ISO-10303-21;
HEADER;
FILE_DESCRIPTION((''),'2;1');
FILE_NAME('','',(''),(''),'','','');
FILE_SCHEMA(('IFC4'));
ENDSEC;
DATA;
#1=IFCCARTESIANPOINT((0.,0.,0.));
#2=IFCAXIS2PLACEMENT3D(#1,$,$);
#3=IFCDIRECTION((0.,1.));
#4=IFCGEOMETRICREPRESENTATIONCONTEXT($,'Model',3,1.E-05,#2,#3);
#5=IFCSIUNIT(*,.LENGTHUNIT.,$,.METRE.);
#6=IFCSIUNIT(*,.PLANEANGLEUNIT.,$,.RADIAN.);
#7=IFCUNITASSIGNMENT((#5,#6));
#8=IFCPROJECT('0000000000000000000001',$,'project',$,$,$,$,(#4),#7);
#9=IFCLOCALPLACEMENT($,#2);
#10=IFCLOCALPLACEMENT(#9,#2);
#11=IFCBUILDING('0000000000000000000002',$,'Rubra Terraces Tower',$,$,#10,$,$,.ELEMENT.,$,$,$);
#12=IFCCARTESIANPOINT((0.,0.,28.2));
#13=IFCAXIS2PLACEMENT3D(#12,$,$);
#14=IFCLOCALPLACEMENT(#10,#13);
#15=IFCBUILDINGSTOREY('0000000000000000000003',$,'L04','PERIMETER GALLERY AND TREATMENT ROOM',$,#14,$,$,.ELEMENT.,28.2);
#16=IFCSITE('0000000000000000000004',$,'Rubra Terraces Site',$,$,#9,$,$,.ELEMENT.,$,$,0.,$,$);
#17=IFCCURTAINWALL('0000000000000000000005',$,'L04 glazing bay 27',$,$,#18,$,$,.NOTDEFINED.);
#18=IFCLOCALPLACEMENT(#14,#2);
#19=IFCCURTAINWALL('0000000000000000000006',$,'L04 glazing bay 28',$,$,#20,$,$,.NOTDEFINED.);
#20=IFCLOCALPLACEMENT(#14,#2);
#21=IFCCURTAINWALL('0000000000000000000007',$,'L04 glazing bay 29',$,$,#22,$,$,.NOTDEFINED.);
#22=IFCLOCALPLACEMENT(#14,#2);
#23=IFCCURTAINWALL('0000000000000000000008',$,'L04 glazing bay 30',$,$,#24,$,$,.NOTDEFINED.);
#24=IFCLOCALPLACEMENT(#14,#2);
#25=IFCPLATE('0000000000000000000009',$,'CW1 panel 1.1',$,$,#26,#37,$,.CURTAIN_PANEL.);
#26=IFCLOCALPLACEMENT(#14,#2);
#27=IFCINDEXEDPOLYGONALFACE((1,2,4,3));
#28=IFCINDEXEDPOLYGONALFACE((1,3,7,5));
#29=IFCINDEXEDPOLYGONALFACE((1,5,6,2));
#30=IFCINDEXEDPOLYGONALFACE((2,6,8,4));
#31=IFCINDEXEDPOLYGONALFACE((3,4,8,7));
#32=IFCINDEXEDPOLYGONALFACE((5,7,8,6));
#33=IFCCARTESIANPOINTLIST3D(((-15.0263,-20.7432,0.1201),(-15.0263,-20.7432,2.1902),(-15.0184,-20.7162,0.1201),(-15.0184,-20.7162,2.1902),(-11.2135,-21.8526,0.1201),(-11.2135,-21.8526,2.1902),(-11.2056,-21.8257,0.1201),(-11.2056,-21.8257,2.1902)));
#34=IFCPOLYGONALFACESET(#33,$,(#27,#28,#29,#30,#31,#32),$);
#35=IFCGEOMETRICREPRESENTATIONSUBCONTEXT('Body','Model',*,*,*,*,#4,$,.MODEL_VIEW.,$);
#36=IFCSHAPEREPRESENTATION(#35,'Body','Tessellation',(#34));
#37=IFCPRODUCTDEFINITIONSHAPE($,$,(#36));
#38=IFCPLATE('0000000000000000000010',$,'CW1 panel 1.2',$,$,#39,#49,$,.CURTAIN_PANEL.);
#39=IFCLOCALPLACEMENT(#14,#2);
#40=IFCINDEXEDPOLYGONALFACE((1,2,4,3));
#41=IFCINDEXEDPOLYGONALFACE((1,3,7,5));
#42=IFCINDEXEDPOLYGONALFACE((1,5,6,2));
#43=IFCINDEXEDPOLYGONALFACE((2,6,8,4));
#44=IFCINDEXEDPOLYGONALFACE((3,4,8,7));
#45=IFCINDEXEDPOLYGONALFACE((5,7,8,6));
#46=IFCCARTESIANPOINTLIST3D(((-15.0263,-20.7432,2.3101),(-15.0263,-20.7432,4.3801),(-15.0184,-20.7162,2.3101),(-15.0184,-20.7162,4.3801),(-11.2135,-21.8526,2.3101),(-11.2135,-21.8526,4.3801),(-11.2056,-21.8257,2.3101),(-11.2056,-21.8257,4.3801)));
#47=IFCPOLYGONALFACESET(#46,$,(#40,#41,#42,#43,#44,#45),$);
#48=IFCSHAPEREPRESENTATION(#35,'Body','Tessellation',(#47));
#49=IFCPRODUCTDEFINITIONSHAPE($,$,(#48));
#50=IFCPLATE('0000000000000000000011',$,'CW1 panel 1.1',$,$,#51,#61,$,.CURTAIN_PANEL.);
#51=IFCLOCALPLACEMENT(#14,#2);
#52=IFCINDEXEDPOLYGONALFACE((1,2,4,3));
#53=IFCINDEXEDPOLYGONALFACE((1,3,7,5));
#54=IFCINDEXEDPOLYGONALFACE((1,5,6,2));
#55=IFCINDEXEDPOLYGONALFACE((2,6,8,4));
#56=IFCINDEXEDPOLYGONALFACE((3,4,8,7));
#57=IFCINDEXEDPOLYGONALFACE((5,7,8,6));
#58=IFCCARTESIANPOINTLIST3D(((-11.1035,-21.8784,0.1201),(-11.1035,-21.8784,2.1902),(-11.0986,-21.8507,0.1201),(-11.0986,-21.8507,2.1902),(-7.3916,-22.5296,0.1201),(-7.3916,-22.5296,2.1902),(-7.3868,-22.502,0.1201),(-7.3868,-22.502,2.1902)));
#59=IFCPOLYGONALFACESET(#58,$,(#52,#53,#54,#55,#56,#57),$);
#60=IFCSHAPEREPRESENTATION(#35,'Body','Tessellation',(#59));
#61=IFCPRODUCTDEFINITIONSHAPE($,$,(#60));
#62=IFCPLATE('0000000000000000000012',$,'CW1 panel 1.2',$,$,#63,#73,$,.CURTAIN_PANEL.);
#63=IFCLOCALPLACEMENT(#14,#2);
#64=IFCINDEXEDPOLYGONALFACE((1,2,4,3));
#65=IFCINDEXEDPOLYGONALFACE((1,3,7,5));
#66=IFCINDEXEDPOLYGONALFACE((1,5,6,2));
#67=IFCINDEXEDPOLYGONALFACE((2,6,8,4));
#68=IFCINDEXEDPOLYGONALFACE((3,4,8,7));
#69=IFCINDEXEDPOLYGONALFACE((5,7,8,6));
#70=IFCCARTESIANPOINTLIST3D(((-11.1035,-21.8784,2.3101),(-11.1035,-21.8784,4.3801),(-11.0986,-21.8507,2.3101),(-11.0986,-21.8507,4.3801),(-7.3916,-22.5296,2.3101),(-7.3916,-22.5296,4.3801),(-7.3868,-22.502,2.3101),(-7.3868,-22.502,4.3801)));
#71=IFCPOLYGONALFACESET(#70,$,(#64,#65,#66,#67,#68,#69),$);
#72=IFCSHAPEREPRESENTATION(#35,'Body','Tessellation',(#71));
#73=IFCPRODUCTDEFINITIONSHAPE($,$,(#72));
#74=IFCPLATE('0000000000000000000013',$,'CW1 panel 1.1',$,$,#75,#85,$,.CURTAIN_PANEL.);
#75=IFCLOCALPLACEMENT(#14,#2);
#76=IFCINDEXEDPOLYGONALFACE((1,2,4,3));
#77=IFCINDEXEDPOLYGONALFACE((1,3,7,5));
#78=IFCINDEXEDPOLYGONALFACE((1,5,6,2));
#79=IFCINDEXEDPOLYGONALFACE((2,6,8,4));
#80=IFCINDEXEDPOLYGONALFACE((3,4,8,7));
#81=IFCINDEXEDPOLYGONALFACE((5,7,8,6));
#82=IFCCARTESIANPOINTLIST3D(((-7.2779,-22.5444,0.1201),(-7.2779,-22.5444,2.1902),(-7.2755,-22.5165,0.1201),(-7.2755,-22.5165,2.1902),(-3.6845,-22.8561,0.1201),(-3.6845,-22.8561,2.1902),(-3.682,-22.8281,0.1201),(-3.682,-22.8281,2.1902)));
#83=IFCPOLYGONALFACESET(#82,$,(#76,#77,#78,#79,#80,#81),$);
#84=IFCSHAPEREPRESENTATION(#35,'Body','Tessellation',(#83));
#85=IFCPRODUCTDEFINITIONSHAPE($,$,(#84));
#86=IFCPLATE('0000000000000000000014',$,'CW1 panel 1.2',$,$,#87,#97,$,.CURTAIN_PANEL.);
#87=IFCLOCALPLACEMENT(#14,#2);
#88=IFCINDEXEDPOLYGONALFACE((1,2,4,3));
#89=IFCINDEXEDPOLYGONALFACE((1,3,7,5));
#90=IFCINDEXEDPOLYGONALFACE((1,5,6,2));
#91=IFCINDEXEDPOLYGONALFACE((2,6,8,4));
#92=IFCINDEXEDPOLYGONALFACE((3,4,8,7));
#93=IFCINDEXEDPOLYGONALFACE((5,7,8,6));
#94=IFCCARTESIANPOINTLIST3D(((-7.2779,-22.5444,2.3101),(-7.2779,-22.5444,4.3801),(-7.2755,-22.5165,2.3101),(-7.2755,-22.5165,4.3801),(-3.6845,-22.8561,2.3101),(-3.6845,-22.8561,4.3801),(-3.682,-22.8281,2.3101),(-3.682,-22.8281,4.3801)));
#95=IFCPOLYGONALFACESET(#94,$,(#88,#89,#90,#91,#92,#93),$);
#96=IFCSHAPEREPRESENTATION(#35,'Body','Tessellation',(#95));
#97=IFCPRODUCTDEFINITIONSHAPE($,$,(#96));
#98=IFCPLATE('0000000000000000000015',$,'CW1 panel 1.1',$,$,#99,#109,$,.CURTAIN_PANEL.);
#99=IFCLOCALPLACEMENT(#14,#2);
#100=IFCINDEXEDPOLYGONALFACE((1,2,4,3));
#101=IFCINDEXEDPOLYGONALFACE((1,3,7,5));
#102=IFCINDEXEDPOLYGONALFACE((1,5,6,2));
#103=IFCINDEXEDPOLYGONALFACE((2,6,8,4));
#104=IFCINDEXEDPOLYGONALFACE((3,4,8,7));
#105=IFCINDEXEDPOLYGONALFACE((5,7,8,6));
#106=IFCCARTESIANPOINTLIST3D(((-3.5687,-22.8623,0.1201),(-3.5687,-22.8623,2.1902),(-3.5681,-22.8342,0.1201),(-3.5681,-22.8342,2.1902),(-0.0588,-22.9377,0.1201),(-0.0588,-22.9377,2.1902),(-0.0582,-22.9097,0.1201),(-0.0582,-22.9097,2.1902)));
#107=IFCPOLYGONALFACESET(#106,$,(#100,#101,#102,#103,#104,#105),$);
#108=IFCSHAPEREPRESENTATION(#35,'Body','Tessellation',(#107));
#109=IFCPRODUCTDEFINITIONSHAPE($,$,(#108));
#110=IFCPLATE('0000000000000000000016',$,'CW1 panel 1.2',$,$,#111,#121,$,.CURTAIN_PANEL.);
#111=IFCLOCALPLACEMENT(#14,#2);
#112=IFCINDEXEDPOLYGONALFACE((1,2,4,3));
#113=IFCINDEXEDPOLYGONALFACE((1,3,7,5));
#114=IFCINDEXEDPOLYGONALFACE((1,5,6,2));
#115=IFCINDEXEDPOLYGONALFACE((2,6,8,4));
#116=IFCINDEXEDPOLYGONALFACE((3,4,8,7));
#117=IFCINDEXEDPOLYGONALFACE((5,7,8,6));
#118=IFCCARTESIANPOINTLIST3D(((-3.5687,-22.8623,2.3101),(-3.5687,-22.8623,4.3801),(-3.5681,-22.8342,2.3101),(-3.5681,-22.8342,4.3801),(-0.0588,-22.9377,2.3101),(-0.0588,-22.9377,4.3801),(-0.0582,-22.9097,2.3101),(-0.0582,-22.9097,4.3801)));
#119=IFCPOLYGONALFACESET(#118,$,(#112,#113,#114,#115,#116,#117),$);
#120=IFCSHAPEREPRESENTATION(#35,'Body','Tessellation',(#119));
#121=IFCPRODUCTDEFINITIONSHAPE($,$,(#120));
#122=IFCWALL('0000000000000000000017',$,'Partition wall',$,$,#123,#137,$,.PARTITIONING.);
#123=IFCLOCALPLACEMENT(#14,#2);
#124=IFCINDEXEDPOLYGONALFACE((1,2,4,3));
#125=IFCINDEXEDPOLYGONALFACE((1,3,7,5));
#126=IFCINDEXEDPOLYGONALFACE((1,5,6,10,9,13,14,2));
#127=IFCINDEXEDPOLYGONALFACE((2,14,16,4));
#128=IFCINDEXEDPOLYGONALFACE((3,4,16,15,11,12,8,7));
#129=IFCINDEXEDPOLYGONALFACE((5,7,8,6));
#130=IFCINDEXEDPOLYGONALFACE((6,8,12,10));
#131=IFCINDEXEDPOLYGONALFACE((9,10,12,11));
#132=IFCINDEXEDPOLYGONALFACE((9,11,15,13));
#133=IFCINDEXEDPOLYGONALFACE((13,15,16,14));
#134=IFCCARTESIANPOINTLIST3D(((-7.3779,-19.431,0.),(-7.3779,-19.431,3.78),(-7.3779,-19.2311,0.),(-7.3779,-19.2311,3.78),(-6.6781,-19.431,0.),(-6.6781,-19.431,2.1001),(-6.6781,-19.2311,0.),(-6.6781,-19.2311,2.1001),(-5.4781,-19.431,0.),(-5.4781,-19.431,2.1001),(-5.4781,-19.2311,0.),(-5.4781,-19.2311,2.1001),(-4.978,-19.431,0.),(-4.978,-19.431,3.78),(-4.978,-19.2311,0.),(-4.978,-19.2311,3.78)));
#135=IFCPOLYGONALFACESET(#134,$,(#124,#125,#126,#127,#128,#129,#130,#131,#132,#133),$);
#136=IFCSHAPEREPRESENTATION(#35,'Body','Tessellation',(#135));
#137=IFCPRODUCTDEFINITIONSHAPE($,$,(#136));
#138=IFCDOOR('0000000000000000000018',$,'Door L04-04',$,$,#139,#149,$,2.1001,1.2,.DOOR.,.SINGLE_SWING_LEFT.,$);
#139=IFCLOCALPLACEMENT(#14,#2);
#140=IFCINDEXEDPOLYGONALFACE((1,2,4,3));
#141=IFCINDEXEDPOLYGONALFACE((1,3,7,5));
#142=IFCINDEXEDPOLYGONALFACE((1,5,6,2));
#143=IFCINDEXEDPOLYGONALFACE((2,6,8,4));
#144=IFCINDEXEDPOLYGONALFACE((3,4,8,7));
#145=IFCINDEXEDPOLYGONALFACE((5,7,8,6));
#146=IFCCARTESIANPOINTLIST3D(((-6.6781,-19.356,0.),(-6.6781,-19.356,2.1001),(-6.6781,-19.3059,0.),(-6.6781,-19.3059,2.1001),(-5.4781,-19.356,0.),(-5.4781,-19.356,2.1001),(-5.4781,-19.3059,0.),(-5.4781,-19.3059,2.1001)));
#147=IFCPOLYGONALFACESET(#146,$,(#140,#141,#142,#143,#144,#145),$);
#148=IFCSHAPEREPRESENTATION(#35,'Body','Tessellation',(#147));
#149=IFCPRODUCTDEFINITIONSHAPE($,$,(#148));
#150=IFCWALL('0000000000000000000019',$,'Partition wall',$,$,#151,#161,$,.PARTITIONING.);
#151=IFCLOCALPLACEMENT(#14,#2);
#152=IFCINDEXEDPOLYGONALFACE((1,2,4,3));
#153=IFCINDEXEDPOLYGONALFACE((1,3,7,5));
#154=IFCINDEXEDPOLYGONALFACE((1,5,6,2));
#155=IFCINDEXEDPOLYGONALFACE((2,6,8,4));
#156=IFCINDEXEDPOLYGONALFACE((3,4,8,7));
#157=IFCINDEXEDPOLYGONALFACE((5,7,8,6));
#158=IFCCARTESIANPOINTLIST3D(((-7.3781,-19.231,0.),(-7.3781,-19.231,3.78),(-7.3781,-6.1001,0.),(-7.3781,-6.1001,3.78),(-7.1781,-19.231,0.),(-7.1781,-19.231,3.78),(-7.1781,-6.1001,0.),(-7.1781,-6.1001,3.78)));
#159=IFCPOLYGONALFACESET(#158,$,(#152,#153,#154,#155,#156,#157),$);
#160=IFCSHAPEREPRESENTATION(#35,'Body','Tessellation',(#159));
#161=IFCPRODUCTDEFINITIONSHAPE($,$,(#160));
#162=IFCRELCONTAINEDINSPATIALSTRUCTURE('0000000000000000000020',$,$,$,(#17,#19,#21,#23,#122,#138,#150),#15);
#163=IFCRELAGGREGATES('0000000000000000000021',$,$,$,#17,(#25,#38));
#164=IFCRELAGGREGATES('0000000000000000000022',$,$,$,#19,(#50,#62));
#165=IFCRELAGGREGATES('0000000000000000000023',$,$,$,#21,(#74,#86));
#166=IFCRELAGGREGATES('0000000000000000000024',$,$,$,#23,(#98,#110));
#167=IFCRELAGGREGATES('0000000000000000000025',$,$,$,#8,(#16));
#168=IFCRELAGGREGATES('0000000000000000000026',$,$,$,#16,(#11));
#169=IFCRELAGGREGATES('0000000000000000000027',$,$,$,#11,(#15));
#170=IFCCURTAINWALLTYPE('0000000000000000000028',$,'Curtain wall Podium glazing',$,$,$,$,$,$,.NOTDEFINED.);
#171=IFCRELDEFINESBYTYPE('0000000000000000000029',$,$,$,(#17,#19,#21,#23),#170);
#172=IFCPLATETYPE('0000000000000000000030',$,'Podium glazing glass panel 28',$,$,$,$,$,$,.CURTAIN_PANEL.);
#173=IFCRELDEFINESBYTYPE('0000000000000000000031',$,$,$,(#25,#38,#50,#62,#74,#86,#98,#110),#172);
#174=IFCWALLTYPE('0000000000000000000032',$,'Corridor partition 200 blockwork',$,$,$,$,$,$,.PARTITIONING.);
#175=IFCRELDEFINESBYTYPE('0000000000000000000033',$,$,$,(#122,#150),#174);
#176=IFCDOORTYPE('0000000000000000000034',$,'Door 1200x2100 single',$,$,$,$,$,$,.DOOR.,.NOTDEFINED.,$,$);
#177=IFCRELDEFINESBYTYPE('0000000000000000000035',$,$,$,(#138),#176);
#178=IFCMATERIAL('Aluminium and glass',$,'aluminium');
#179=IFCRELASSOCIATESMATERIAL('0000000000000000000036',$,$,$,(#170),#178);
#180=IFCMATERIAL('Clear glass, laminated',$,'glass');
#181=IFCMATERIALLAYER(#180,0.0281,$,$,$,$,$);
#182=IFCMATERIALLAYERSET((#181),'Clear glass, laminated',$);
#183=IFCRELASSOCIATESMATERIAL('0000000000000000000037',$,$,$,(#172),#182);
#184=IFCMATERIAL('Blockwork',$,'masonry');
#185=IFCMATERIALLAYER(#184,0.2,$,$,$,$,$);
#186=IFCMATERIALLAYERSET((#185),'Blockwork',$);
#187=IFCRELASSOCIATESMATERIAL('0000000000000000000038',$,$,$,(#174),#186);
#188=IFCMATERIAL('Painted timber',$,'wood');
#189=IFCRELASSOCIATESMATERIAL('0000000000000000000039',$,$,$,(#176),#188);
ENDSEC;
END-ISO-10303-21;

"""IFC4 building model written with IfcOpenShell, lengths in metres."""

from ifc_helpers import new_model, si_unit, direction, frame, frame_2d, origin, origin_2d, place, context, subcontext, project, spatial, rectangle, extrude, material, layer, layer_set, type_object, element, fill, aggregate, save


model = new_model("IFC4")

# Units and contexts
model_context = context("Model", 3, precision=1e-05, world=origin(), true_north=direction((0.0, 1.0)))
body_context = subcontext(model_context, "Body", "Model", "MODEL_VIEW")
ifc_project = project(units=[si_unit("LENGTHUNIT", "METRE"), si_unit("PLANEANGLEUNIT", "RADIAN")], contexts=[model_context])

# Site, building, storey
site_placement = place(None, origin())
site = spatial("IfcSite", under=ifc_project, at=site_placement, Name="Rubra Terraces Site", CompositionType="ELEMENT", RefElevation=0.0)
building_placement = place(site_placement, origin())
building = spatial("IfcBuilding", under=site, at=building_placement, Name="Rubra Terraces Tower", CompositionType="ELEMENT")
storey_placement = place(building_placement, frame((0.0, 0.0, 28.2)))
storey = spatial("IfcBuildingStorey", under=building, at=storey_placement, Name="L04", Description="PERIMETER GALLERY AND TREATMENT ROOM", CompositionType="ELEMENT", Elevation=28.2)

# Curtain walls
ifc_material_1 = material(Name="Aluminium and glass", Category="aluminium")
curtain_wall_type = type_object("IfcCurtainWallType", Name="Curtain wall Podium glazing", PredefinedType="NOTDEFINED", material=ifc_material_1)
curtain_wall_1_placement = place(storey_placement, origin())
curtain_wall_1 = element("IfcCurtainWall", 1, at=curtain_wall_1_placement, inside=storey, type_object=curtain_wall_type, Name="L04 glazing bay 27", PredefinedType="NOTDEFINED")
curtain_wall_2_placement = place(storey_placement, origin())
curtain_wall_2 = element("IfcCurtainWall", 2, at=curtain_wall_2_placement, inside=storey, type_object=curtain_wall_type, Name="L04 glazing bay 28", PredefinedType="NOTDEFINED")
curtain_wall_3_placement = place(storey_placement, origin())
curtain_wall_3 = element("IfcCurtainWall", 3, at=curtain_wall_3_placement, inside=storey, type_object=curtain_wall_type, Name="L04 glazing bay 29", PredefinedType="NOTDEFINED")
curtain_wall_4_placement = place(storey_placement, origin())
curtain_wall_4 = element("IfcCurtainWall", 4, at=curtain_wall_4_placement, inside=storey, type_object=curtain_wall_type, Name="L04 glazing bay 30", PredefinedType="NOTDEFINED")

# Shared definitions
ifc_material_2 = material(Name="Clear glass, laminated", Category="glass")
ifc_layer_1 = layer(ifc_material_2, 0.0281)
ifc_layer_set_1 = layer_set([ifc_layer_1], Name="Clear glass, laminated")
plate_type = type_object("IfcPlateType", Name="Podium glazing glass panel 28", PredefinedType="CURTAIN_PANEL", material=ifc_layer_set_1)

# Plates
plate_1_placement = place(storey_placement, frame((-13.116, -21.2844, 0.1201), z_axis=(0.0, 0.0, 1.0), x_axis=(0.960175, -0.279399, 0.0)))
plate_1 = element("IfcPlate", 5, at=plate_1_placement, type_object=plate_type, Name="CW1 panel 1.1", PredefinedType="CURTAIN_PANEL", context=body_context, shape_type="SweptSolid", body=[
    extrude(rectangle(XDim=3.9709, YDim=0.0281, at=origin_2d()), origin(), (0.0, 0.0, 1.0), 2.0701),
])
plate_2_placement = place(storey_placement, frame((-13.116, -21.2844, 2.3101), z_axis=(0.0, 0.0, 1.0), x_axis=(0.960175, -0.279399, 0.0)))
plate_2 = element("IfcPlate", 6, at=plate_2_placement, type_object=plate_type, Name="CW1 panel 1.2", PredefinedType="CURTAIN_PANEL", context=body_context, shape_type="SweptSolid", body=[
    extrude(rectangle(XDim=3.9709, YDim=0.0281, at=origin_2d()), origin(), (0.0, 0.0, 1.0), 2.0701),
])
aggregate(curtain_wall_1, [plate_1, plate_2])
plate_3_placement = place(storey_placement, frame((-9.2451, -22.1902, 0.1201), z_axis=(0.0, 0.0, 1.0), x_axis=(0.984954, -0.172817, 0.0)))
plate_3 = element("IfcPlate", 7, at=plate_3_placement, type_object=plate_type, Name="CW1 panel 1.1", PredefinedType="CURTAIN_PANEL", context=body_context, shape_type="SweptSolid", body=[
    extrude(rectangle(XDim=3.7686, YDim=0.0281, at=origin_2d()), origin(), (0.0, 0.0, 1.0), 2.0701),
])
plate_4_placement = place(storey_placement, frame((-9.2451, -22.1902, 2.3101), z_axis=(0.0, 0.0, 1.0), x_axis=(0.984954, -0.172817, 0.0)))
plate_4 = element("IfcPlate", 8, at=plate_4_placement, type_object=plate_type, Name="CW1 panel 1.2", PredefinedType="CURTAIN_PANEL", context=body_context, shape_type="SweptSolid", body=[
    extrude(rectangle(XDim=3.7686, YDim=0.0281, at=origin_2d()), origin(), (0.0, 0.0, 1.0), 2.0701),
])
aggregate(curtain_wall_2, [plate_3, plate_4])
plate_5_placement = place(storey_placement, frame((-5.48, -22.6863, 0.1201), z_axis=(0.0, 0.0, 1.0), x_axis=(0.996261, -0.086398, 0.0)))
plate_5 = element("IfcPlate", 9, at=plate_5_placement, type_object=plate_type, Name="CW1 panel 1.1", PredefinedType="CURTAIN_PANEL", context=body_context, shape_type="SweptSolid", body=[
    extrude(rectangle(XDim=3.6069, YDim=0.0281, at=origin_2d()), origin(), (0.0, 0.0, 1.0), 2.0701),
])
plate_6_placement = place(storey_placement, frame((-5.48, -22.6863, 2.3101), z_axis=(0.0, 0.0, 1.0), x_axis=(0.996261, -0.086398, 0.0)))
plate_6 = element("IfcPlate", 10, at=plate_6_placement, type_object=plate_type, Name="CW1 panel 1.2", PredefinedType="CURTAIN_PANEL", context=body_context, shape_type="SweptSolid", body=[
    extrude(rectangle(XDim=3.6069, YDim=0.0281, at=origin_2d()), origin(), (0.0, 0.0, 1.0), 2.0701),
])
aggregate(curtain_wall_3, [plate_5, plate_6])
plate_7_placement = place(storey_placement, frame((-1.8135, -22.886, 0.1201), z_axis=(0.0, 0.0, 1.0), x_axis=(0.999769, -0.021483, 0.0)))
plate_7 = element("IfcPlate", 11, at=plate_7_placement, type_object=plate_type, Name="CW1 panel 1.1", PredefinedType="CURTAIN_PANEL", context=body_context, shape_type="SweptSolid", body=[
    extrude(rectangle(XDim=3.5107, YDim=0.0281, at=origin_2d()), origin(), (0.0, 0.0, 1.0), 2.0701),
])
plate_8_placement = place(storey_placement, frame((-1.8135, -22.886, 2.3101), z_axis=(0.0, 0.0, 1.0), x_axis=(0.999769, -0.021483, 0.0)))
plate_8 = element("IfcPlate", 12, at=plate_8_placement, type_object=plate_type, Name="CW1 panel 1.2", PredefinedType="CURTAIN_PANEL", context=body_context, shape_type="SweptSolid", body=[
    extrude(rectangle(XDim=3.5107, YDim=0.0281, at=origin_2d()), origin(), (0.0, 0.0, 1.0), 2.0701),
])
aggregate(curtain_wall_4, [plate_7, plate_8])

# Wall, opening, door
ifc_material_3 = material(Name="Blockwork", Category="masonry")
ifc_layer_2 = layer(ifc_material_3, 0.2)
ifc_layer_set_2 = layer_set([ifc_layer_2], Name="Blockwork")
wall_type = type_object("IfcWallType", Name="Corridor partition 200 blockwork", PredefinedType="PARTITIONING", material=ifc_layer_set_2)
wall_1_placement = place(storey_placement, frame((-4.978, -19.3311, 0.0), z_axis=(0.0, 0.0, 1.0), x_axis=(-1.0, 0.0, 0.0)))
wall_1 = element("IfcWall", 13, at=wall_1_placement, inside=storey, type_object=wall_type, Name="Partition wall", PredefinedType="PARTITIONING", context=body_context, shape_type="SweptSolid", body=[
    extrude(rectangle(XDim=2.3999, YDim=0.2, at=frame_2d((1.2, 0.0))), origin(), (0.0, 0.0, 1.0), 3.78),
])
opening_placement = place(wall_1_placement, frame((0.5, 0.0, 0.0)))
opening = element("IfcOpeningElement", 14, at=opening_placement, cuts=wall_1, PredefinedType="OPENING", context=body_context, shape_type="SweptSolid", body=[
    extrude(rectangle(XDim=1.2, YDim=2.1001, at=frame_2d((0.6001, 1.05))), frame((0.0, 0.1099, 0.0), z_axis=(0.0, -1.0, 0.0), x_axis=(1.0, 0.0, 0.0)), (0.0, 0.0, 1.0), 0.22),
])
ifc_material_4 = material(Name="Painted timber", Category="wood")
door_type = type_object("IfcDoorType", Name="Door 1200x2100 single", OperationType="NOTDEFINED", PredefinedType="DOOR", material=ifc_material_4)
door_placement = place(opening_placement, origin())
door = element("IfcDoor", 15, at=door_placement, inside=storey, type_object=door_type, Name="Door L04-04", OperationType="SINGLE_SWING_LEFT", OverallHeight=2.1001, OverallWidth=1.2, PredefinedType="DOOR", context=body_context, shape_type="SweptSolid", body=[
    extrude(rectangle(XDim=1.2, YDim=2.1001, at=frame_2d((0.6001, 1.05))), frame((0.0, 0.0249, 0.0), z_axis=(0.0, -1.0, 0.0), x_axis=(1.0, 0.0, 0.0)), (0.0, 0.0, 1.0), 0.05),
])
fill(opening, door)

# Wall
wall_2_placement = place(storey_placement, frame((-7.2781, -19.231, 0.0), z_axis=(0.0, 0.0, 1.0), x_axis=(0.0, 1.0, 0.0)))
element("IfcWall", 16, at=wall_2_placement, inside=storey, type_object=wall_type, Name="Partition wall", PredefinedType="PARTITIONING", context=body_context, shape_type="SweptSolid", body=[
    extrude(rectangle(XDim=13.1309, YDim=0.2, at=frame_2d((6.5654, 0.0))), origin(), (0.0, 0.0, 1.0), 3.78),
])

save(model, "model.ifc")
